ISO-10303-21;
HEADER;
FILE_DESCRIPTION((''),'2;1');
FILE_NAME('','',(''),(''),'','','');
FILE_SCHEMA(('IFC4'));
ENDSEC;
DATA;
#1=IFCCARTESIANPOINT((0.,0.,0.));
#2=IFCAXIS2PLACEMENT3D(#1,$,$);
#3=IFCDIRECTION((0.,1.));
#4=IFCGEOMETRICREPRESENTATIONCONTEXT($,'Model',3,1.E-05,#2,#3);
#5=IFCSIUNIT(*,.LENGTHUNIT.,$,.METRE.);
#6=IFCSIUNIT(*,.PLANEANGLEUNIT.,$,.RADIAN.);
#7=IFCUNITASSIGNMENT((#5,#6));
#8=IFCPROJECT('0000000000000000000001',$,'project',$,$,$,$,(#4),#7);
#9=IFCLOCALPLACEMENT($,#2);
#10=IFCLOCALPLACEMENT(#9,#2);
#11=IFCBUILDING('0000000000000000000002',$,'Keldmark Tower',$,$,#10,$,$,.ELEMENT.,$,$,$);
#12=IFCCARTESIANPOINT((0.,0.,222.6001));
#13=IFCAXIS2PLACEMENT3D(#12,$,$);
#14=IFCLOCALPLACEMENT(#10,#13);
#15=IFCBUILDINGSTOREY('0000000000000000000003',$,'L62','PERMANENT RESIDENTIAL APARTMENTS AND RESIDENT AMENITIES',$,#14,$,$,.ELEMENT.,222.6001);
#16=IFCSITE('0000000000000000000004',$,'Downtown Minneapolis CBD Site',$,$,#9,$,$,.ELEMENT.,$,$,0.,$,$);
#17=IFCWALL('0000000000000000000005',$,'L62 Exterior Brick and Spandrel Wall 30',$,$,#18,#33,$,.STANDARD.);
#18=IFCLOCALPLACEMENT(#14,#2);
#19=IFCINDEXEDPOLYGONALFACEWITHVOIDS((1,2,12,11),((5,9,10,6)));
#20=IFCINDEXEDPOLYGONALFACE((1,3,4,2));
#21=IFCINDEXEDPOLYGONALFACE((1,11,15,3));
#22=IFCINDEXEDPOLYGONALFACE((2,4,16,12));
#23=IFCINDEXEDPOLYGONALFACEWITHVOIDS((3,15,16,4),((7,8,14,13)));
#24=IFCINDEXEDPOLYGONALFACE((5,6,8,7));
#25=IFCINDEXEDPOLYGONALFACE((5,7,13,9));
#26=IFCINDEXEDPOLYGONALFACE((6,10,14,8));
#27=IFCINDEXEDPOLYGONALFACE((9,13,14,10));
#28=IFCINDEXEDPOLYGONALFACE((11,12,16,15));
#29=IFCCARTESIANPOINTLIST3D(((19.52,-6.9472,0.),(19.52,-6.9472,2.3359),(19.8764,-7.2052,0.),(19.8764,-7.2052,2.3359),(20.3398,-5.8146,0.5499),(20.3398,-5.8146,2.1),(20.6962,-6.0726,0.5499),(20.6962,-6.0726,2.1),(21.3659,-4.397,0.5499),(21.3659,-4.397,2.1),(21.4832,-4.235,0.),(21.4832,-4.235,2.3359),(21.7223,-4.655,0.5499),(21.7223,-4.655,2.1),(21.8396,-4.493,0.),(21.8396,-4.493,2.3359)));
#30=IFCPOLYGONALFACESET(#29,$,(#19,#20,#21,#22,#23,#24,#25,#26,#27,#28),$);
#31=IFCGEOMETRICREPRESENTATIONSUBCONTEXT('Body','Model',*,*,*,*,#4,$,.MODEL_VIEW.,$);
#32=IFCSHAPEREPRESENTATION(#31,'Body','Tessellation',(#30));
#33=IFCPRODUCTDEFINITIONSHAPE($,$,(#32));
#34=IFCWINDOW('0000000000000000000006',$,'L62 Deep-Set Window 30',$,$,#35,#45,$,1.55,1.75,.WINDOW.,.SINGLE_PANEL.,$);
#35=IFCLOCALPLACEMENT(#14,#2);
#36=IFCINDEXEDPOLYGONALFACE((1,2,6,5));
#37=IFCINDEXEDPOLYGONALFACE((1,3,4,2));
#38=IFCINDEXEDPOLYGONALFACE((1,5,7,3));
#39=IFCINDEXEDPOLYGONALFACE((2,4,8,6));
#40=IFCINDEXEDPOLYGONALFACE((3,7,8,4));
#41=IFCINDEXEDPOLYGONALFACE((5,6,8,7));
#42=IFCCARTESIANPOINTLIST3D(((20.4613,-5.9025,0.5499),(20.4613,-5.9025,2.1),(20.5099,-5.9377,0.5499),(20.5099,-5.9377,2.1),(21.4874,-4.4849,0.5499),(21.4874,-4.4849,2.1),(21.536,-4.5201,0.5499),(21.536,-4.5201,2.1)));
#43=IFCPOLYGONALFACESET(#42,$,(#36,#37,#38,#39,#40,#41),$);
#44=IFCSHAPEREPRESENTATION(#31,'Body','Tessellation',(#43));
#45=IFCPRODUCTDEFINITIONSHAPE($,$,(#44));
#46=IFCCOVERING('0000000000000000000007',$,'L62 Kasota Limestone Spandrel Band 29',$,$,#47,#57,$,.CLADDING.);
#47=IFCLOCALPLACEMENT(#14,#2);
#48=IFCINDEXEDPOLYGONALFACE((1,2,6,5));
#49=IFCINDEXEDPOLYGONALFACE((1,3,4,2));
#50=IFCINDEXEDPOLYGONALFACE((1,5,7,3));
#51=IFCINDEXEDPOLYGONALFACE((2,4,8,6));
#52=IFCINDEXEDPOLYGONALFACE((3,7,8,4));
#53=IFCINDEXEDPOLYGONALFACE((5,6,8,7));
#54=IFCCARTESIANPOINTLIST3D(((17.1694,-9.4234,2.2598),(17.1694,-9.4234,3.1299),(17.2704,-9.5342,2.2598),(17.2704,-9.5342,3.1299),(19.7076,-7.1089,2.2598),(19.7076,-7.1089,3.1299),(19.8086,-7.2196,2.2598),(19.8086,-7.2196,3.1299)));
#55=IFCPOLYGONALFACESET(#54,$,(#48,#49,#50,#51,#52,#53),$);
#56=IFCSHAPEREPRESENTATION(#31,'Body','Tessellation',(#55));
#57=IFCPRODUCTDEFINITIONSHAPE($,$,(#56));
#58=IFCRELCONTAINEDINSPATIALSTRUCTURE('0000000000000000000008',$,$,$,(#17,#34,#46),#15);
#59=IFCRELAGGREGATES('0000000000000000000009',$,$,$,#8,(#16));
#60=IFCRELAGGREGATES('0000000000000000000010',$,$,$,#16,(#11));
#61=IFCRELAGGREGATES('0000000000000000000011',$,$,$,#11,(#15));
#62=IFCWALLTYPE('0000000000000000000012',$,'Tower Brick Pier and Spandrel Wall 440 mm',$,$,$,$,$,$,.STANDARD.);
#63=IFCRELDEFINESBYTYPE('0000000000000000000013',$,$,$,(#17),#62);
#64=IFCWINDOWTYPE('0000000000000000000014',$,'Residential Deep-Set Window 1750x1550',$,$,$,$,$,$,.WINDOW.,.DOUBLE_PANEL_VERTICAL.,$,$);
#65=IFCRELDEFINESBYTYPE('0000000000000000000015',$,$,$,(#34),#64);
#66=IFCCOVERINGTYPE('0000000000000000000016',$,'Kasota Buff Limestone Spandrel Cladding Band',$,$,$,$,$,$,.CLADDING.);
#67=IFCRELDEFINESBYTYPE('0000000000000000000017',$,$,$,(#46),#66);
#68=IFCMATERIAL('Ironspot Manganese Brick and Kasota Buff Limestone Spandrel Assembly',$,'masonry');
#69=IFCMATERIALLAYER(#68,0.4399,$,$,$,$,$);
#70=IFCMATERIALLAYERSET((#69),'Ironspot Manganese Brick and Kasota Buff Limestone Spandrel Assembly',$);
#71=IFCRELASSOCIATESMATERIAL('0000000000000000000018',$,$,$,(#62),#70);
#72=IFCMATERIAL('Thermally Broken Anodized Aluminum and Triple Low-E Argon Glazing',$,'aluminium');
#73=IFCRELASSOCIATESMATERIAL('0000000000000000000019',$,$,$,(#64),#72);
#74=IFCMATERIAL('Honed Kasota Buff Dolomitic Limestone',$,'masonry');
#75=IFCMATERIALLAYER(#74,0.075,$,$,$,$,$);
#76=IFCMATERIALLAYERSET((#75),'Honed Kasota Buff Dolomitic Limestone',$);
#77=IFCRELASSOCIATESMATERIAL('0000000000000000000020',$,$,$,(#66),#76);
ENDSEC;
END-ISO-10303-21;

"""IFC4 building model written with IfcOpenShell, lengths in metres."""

from ifc_helpers import new_model, si_unit, direction, frame, frame_2d, origin, origin_2d, place, context, subcontext, project, spatial, rectangle, extrude, material, layer, layer_set, type_object, element, fill, save


model = new_model("IFC4")

# Units and contexts
model_context = context("Model", 3, precision=1e-05, world=origin(), true_north=direction((0.0, 1.0)))
body_context = subcontext(model_context, "Body", "Model", "MODEL_VIEW")
ifc_project = project(units=[si_unit("LENGTHUNIT", "METRE"), si_unit("PLANEANGLEUNIT", "RADIAN")], contexts=[model_context])

# Site, building, storey
site_placement = place(None, origin())
site = spatial("IfcSite", under=ifc_project, at=site_placement, Name="Downtown Minneapolis CBD Site", CompositionType="ELEMENT", RefElevation=0.0)
building_placement = place(site_placement, origin())
building = spatial("IfcBuilding", under=site, at=building_placement, Name="Keldmark Tower", CompositionType="ELEMENT")
storey_placement = place(building_placement, frame((0.0, 0.0, 222.6001)))
storey = spatial("IfcBuildingStorey", under=building, at=storey_placement, Name="L62", Description="PERMANENT RESIDENTIAL APARTMENTS AND RESIDENT AMENITIES", CompositionType="ELEMENT", Elevation=222.6001)

# Wall, opening, window
ifc_material_1 = material(Name="Ironspot Manganese Brick and Kasota Buff Limestone Spandrel Assembly", Category="masonry")
ifc_layer_1 = layer(ifc_material_1, 0.4399)
ifc_layer_set_1 = layer_set([ifc_layer_1], Name="Ironspot Manganese Brick and Kasota Buff Limestone Spandrel Assembly")
wall_type_1 = type_object("IfcWallType", Name="Tower Brick Pier and Spandrel Wall 440 mm", PredefinedType="STANDARD", material=ifc_layer_set_1)
ifc_material_2 = material(Name="Thermally Broken Anodized Aluminum and Triple Low-E Argon Glazing", Category="aluminium")
window_type_1 = type_object("IfcWindowType", Name="Residential Deep-Set Window 1750x1550", PartitioningType="DOUBLE_PANEL_VERTICAL", PredefinedType="WINDOW", material=ifc_material_2)
wall_1_placement = place(storey_placement, frame((21.6614, -4.364, 0.0), z_axis=(0.0, 0.0, 1.0), x_axis=(-0.586345, -0.810062, 0.0)))
wall_1 = element("IfcWall", 1, at=wall_1_placement, inside=storey, type_object=wall_type_1, Name="L62 Exterior Brick and Spandrel Wall 30", PredefinedType="STANDARD", context=body_context, shape_type="SweptSolid", body=[
    extrude(rectangle(XDim=3.3481, YDim=0.4399, at=frame_2d((1.6741, 0.0))), origin(), (0.0, 0.0, 1.0), 2.3359),
])
opening_1_placement = place(wall_1_placement, frame((0.2, 0.0, 0.55)))
opening_1 = element("IfcOpeningElement", 2, at=opening_1_placement, cuts=wall_1, PredefinedType="OPENING", context=body_context, shape_type="SweptSolid", body=[
    extrude(rectangle(XDim=1.75, YDim=1.55, at=frame_2d((0.875, 0.7749))), frame((0.0, 0.23, 0.0), z_axis=(0.0, -1.0, 0.0), x_axis=(1.0, 0.0, 0.0)), (0.0, 0.0, 1.0), 0.46),
])
window_1_placement = place(opening_1_placement, origin())
window_1 = element("IfcWindow", 3, at=window_1_placement, inside=storey, type_object=window_type_1, Name="L62 Deep-Set Window 30", OverallHeight=1.55, OverallWidth=1.75, PartitioningType="SINGLE_PANEL", PredefinedType="WINDOW", context=body_context, shape_type="SweptSolid", body=[
    extrude(rectangle(XDim=1.75, YDim=1.55, at=frame_2d((0.875, 0.7749))), frame((0.0, -0.01, 0.0), z_axis=(0.0, -1.0, 0.0), x_axis=(1.0, 0.0, 0.0)), (0.0, 0.0, 1.0), 0.0601),
])
fill(opening_1, window_1)

# Covering
ifc_material_3 = material(Name="Honed Kasota Buff Dolomitic Limestone", Category="masonry")
ifc_layer_2 = layer(ifc_material_3, 0.075)
ifc_layer_set_2 = layer_set([ifc_layer_2], Name="Honed Kasota Buff Dolomitic Limestone")
covering_type = type_object("IfcCoveringType", Name="Kasota Buff Limestone Spandrel Cladding Band", PredefinedType="CLADDING", material=ifc_layer_set_2)
covering_placement = place(storey_placement, frame((18.489, -8.3215, 2.2598), z_axis=(0.0, 0.0, 1.0), x_axis=(0.738902, 0.673812, 0.0)))
element("IfcCovering", 4, at=covering_placement, inside=storey, type_object=covering_type, Name="L62 Kasota Limestone Spandrel Band 29", PredefinedType="CLADDING", context=body_context, shape_type="SweptSolid", body=[
    extrude(rectangle(XDim=3.4351, YDim=0.1499, at=origin_2d()), origin(), (0.0, 0.0, 1.0), 0.8701),
])

save(model, "model.ifc")
